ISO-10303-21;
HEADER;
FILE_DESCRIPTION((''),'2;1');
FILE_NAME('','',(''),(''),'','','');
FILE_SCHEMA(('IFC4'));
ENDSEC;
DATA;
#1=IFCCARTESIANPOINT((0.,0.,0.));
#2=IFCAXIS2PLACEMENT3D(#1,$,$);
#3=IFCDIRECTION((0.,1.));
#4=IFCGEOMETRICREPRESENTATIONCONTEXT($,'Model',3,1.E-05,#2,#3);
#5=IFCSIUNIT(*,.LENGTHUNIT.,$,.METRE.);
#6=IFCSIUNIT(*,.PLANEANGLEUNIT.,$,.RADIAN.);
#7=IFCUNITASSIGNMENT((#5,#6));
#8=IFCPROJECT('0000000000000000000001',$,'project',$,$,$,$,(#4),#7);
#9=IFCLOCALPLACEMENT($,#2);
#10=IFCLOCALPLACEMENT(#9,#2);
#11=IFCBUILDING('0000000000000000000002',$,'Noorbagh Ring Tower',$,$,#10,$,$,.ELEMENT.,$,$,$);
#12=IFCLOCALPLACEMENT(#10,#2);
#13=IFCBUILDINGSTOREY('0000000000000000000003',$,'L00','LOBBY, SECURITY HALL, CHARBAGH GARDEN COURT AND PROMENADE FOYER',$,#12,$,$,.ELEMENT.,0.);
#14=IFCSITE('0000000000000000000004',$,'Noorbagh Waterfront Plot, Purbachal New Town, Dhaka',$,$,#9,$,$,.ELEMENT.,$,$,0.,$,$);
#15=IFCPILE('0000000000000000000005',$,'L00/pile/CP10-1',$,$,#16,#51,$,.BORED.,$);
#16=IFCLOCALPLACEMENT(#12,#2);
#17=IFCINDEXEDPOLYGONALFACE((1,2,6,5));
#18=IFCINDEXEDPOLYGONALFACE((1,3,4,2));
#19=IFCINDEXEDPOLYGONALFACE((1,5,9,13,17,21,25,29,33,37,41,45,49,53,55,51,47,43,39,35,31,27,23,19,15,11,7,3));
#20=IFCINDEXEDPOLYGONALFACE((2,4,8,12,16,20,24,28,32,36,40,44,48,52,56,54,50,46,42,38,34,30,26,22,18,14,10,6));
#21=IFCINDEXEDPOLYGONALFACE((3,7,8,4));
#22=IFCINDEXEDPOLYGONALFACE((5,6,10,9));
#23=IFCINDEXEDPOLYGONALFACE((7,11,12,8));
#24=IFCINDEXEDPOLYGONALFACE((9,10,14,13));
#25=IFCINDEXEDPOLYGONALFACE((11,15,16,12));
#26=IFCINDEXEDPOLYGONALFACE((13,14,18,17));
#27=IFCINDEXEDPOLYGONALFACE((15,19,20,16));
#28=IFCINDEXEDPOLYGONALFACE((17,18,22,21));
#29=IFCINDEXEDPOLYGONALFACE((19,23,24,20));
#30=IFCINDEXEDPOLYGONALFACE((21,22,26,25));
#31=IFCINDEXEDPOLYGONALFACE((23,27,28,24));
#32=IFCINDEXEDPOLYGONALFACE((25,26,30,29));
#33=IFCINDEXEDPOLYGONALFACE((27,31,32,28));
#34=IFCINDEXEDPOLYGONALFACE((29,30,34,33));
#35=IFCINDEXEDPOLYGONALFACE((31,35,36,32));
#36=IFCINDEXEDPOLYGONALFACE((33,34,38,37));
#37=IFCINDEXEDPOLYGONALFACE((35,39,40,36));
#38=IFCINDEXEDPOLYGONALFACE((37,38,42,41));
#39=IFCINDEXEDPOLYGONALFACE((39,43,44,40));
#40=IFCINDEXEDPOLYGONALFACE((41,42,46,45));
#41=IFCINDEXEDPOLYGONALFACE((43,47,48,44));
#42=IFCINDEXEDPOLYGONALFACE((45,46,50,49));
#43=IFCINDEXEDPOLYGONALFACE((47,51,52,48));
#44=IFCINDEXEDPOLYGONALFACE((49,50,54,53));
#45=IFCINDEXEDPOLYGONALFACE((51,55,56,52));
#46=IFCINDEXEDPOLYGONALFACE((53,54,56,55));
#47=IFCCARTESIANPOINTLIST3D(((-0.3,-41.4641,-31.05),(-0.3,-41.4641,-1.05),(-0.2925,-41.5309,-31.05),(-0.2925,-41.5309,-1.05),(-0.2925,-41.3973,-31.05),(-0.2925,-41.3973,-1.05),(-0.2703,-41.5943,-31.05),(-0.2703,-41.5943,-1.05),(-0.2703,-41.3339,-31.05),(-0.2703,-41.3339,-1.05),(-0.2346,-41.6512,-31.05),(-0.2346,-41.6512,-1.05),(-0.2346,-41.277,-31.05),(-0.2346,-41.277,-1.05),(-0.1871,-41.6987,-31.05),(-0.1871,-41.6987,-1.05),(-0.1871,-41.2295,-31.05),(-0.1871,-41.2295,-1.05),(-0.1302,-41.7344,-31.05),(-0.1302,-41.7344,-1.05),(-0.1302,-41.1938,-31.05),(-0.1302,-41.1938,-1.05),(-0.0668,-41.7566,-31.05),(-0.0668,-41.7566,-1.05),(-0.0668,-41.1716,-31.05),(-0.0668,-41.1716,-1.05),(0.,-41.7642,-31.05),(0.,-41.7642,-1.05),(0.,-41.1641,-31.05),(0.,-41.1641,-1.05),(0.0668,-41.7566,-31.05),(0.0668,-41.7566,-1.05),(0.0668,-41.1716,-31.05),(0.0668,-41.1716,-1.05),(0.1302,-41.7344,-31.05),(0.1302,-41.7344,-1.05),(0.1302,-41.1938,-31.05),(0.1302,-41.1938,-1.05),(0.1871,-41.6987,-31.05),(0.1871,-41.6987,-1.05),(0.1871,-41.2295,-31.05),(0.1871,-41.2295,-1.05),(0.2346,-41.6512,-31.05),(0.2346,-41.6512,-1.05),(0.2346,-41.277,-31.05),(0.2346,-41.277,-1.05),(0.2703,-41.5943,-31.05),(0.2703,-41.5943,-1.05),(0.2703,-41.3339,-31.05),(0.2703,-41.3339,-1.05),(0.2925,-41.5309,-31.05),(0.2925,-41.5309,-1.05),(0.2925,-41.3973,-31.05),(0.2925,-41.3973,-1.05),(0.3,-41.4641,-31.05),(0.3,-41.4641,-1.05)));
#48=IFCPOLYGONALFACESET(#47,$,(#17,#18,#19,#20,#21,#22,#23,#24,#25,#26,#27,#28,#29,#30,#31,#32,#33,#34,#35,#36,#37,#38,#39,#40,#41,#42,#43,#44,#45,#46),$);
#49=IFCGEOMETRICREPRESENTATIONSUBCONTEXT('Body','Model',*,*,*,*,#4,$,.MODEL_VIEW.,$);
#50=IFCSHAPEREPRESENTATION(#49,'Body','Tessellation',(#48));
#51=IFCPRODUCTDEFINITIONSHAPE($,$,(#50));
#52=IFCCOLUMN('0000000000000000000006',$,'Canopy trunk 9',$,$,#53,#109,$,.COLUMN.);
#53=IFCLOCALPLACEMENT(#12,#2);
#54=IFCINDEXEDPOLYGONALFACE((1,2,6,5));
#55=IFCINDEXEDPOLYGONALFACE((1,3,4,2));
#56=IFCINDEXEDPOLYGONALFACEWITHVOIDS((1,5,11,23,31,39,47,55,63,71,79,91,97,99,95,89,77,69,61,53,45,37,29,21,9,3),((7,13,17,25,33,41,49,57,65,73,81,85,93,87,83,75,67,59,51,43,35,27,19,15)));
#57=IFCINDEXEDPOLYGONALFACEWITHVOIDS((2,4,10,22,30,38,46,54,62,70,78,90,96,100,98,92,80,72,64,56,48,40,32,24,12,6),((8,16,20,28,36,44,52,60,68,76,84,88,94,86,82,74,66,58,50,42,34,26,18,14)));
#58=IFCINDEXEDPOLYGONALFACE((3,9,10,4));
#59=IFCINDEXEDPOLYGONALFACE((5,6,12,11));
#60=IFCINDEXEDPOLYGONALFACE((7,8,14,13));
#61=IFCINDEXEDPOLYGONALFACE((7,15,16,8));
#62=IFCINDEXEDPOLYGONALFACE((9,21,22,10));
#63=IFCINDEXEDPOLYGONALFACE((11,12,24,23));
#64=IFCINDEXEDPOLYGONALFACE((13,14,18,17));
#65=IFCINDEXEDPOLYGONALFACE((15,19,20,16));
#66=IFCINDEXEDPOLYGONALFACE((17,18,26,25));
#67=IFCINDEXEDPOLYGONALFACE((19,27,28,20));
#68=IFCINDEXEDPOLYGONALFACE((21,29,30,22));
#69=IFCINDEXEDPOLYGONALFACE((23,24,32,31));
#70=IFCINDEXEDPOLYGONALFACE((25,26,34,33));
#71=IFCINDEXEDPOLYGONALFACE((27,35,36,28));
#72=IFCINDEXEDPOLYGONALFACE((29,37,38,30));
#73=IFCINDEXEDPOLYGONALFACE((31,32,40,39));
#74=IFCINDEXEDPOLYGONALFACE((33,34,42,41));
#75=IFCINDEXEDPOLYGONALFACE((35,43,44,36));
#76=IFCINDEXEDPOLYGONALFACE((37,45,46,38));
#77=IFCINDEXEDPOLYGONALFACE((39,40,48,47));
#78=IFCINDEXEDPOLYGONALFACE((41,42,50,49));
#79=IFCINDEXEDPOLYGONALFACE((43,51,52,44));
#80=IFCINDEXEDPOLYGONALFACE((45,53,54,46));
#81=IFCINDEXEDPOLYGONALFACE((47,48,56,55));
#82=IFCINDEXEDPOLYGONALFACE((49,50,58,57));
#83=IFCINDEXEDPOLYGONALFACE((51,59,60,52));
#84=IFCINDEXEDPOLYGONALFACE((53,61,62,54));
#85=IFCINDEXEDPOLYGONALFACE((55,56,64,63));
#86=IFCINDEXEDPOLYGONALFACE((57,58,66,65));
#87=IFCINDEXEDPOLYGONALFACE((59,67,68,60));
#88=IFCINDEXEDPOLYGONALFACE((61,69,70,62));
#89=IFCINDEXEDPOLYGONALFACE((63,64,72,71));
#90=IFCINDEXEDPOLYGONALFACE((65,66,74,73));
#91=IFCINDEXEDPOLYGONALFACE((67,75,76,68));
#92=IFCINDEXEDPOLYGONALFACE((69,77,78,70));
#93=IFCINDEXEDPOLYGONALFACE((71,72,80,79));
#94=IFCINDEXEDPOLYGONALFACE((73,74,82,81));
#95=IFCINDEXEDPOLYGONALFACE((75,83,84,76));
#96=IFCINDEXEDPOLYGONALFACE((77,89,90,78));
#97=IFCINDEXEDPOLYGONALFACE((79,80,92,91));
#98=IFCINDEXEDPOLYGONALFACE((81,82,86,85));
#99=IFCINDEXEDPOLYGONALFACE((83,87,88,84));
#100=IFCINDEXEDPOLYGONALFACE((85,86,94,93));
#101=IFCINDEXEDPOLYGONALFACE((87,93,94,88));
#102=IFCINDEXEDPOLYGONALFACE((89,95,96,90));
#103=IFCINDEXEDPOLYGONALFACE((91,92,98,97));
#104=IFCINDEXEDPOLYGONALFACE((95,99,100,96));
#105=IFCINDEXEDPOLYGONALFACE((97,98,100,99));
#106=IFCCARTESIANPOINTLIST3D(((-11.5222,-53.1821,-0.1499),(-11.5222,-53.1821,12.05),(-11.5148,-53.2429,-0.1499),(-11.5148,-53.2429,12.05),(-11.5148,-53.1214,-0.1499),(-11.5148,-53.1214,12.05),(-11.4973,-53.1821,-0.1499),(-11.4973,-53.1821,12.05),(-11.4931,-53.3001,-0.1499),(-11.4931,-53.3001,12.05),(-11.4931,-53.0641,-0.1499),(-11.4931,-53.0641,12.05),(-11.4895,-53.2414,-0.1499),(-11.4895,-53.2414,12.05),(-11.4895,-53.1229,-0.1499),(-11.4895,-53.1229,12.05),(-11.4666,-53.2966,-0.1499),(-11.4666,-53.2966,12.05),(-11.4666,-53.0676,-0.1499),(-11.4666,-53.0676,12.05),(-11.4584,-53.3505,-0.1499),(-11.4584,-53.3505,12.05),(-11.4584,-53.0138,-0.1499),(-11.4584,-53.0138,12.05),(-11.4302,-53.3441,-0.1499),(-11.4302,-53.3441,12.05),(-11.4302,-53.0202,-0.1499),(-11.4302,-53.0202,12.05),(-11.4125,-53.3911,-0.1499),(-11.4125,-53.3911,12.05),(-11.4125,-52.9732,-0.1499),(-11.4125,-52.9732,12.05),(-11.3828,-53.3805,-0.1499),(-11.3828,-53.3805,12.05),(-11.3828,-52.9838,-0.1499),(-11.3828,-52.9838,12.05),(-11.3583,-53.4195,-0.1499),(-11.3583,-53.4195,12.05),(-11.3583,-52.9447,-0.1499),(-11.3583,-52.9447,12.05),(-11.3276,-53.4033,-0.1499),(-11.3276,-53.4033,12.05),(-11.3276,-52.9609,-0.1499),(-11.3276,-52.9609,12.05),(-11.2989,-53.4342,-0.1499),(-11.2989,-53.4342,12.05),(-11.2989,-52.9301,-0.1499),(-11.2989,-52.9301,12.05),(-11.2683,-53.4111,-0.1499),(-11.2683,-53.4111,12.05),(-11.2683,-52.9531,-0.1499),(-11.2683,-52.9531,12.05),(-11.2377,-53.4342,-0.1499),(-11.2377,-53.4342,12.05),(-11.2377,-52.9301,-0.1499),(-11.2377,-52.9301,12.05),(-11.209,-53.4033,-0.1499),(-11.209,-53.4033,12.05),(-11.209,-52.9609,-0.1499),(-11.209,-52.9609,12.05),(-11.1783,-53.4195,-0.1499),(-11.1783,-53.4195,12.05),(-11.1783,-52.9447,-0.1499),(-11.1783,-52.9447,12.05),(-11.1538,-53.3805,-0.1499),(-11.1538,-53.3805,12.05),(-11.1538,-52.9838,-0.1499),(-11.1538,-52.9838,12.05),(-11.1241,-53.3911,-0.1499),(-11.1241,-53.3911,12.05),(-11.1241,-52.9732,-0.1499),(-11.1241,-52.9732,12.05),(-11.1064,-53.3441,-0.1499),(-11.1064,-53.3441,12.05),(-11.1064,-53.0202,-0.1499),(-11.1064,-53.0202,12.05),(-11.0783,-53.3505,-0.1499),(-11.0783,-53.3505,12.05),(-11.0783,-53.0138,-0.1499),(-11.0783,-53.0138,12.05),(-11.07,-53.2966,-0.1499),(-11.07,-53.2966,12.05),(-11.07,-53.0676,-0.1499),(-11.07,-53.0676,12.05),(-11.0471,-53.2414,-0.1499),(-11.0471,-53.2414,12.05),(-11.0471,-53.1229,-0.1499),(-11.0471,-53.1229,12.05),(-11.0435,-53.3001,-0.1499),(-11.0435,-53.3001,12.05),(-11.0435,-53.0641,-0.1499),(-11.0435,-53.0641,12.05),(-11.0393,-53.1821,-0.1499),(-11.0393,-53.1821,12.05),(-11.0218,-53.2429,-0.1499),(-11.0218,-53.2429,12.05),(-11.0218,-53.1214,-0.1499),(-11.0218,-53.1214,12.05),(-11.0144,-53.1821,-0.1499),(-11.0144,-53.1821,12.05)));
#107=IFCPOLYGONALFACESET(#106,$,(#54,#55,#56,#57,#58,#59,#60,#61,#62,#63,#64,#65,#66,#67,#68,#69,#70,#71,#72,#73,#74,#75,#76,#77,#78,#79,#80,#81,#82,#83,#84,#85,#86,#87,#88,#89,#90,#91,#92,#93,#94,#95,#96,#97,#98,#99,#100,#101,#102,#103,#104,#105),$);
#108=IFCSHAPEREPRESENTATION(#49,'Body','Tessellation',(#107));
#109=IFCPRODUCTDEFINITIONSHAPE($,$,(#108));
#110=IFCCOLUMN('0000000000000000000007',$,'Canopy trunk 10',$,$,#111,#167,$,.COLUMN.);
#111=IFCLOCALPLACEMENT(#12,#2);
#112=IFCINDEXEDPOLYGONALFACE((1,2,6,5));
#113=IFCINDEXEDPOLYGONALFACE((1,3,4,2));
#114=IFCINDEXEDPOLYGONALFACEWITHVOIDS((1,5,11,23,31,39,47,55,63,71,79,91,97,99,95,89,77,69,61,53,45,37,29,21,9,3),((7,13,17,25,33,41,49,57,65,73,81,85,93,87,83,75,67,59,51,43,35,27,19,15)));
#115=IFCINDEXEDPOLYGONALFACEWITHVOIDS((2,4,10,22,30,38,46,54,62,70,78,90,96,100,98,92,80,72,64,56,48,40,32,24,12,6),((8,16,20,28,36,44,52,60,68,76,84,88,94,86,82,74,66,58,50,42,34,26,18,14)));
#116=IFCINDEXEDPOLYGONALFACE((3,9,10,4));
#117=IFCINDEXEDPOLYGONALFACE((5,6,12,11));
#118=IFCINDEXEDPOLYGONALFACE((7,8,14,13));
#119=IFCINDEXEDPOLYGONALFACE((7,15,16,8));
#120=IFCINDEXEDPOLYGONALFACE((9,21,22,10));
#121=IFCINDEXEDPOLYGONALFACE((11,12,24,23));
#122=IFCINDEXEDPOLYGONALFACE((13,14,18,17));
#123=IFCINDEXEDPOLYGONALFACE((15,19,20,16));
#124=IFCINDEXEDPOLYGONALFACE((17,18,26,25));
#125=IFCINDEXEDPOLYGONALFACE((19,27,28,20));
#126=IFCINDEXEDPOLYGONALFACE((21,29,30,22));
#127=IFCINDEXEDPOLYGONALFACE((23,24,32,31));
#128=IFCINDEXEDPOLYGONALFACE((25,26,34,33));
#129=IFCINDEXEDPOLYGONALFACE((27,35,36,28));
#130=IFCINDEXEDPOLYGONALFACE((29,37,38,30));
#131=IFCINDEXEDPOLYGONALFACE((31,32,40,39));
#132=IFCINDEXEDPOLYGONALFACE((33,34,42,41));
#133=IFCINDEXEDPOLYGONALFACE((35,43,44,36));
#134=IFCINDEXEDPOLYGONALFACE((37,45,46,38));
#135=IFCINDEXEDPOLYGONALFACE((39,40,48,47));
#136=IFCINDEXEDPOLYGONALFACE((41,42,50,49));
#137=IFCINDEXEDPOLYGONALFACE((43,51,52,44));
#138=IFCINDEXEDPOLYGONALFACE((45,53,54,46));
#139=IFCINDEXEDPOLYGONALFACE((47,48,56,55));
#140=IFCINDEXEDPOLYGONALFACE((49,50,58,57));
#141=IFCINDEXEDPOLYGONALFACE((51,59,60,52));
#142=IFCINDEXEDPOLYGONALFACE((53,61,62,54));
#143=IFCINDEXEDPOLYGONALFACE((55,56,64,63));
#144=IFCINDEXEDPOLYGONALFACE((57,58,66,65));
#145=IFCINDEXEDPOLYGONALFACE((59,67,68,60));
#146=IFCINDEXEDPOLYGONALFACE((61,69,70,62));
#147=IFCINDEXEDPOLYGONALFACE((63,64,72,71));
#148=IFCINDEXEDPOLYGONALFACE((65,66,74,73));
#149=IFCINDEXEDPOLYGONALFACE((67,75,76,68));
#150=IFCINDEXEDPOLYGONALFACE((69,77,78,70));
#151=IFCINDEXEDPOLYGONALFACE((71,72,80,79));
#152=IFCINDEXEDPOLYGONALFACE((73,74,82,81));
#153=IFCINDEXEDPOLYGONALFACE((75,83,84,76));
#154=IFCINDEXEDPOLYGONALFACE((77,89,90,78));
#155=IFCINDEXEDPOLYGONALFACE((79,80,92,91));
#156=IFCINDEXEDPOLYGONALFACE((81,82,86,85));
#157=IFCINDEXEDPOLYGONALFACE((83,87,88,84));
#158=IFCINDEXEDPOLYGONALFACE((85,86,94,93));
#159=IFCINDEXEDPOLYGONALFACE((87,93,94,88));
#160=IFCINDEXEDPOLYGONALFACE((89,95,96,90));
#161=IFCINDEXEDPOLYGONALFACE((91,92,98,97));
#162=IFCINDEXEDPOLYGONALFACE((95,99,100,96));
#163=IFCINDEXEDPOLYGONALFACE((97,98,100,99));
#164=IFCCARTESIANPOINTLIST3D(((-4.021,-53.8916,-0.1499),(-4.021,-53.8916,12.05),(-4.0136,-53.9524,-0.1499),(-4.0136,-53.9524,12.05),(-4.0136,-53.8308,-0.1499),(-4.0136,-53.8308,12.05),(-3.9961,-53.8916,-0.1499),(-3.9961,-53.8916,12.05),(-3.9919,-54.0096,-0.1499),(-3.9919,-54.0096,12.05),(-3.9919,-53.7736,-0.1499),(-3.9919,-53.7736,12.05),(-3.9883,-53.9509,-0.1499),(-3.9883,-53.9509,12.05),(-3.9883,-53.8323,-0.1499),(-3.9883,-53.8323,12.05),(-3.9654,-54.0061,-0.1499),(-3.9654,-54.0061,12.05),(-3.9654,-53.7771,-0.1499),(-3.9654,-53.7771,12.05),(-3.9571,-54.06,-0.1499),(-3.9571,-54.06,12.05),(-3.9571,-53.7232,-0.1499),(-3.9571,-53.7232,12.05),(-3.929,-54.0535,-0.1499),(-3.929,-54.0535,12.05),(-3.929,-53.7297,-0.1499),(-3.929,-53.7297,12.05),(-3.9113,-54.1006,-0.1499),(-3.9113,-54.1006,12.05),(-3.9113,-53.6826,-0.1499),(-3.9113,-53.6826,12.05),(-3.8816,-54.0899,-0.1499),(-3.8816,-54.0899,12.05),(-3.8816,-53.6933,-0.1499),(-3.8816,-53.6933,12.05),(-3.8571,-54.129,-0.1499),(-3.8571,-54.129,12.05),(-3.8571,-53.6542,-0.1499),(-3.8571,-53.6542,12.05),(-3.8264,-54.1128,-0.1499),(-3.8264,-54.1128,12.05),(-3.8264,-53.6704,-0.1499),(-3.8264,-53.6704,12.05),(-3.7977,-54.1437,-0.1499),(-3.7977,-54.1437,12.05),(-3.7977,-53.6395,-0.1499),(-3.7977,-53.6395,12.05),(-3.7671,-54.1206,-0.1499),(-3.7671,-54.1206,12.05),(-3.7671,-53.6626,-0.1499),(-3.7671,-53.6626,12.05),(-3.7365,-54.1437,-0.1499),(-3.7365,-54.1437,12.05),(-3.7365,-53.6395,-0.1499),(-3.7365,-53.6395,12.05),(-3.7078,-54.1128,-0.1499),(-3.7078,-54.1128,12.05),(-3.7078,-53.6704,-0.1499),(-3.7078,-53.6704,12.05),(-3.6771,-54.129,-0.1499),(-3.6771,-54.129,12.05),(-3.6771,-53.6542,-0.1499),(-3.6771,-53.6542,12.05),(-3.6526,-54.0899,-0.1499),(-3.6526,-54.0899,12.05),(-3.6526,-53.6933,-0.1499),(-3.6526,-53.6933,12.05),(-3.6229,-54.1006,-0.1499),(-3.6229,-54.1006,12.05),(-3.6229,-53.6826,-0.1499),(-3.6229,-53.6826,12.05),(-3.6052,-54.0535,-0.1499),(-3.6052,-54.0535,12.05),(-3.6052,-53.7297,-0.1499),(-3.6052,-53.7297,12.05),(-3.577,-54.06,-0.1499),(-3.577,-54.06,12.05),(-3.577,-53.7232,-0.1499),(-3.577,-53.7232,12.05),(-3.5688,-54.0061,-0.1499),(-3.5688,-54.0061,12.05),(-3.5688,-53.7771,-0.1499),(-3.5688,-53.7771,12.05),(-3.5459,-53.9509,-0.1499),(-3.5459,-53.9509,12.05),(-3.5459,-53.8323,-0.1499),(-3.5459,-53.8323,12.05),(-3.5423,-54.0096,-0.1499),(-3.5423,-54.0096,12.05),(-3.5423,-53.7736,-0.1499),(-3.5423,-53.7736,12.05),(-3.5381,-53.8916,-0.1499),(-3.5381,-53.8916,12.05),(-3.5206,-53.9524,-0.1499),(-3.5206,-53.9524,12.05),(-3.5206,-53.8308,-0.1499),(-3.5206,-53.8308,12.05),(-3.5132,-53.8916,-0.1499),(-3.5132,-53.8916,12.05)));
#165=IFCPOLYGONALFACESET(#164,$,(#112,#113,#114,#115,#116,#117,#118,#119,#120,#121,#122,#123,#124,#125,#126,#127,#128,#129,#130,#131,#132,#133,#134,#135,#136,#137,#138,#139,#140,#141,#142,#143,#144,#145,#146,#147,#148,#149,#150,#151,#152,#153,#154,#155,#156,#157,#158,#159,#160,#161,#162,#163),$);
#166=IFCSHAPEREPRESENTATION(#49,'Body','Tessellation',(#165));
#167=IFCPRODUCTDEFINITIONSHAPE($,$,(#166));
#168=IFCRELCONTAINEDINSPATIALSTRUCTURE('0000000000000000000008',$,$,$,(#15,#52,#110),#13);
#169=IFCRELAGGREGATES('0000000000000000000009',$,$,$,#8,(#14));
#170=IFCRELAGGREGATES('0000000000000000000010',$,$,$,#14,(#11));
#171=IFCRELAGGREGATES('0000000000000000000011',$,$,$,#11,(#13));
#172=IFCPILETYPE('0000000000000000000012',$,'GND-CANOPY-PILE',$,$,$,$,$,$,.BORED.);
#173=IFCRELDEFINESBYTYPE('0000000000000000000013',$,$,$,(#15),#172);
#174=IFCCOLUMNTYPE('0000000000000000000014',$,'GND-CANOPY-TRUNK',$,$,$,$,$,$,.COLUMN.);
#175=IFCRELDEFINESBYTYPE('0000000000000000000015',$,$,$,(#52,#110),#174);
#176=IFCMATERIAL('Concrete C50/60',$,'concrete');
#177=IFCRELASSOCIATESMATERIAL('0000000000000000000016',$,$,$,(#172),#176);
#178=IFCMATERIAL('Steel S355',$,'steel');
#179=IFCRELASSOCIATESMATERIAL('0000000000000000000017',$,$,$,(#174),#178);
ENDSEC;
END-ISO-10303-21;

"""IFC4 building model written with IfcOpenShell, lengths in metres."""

from ifc_helpers import new_model, si_unit, direction, frame, origin, origin_2d, place, context, subcontext, project, spatial, circle, hollow_circle, extrude, material, material_profile, profile_set, type_object, element, save


model = new_model("IFC4")

# Units and contexts
model_context = context("Model", 3, precision=1e-05, world=origin(), true_north=direction((0.0, 1.0)))
body_context = subcontext(model_context, "Body", "Model", "MODEL_VIEW")
ifc_project = project(units=[si_unit("LENGTHUNIT", "METRE"), si_unit("PLANEANGLEUNIT", "RADIAN")], contexts=[model_context])

# Site, building, storey
site_placement = place(None, origin())
site = spatial("IfcSite", under=ifc_project, at=site_placement, Name="Noorbagh Waterfront Plot, Purbachal New Town, Dhaka", CompositionType="ELEMENT", RefElevation=0.0)
building_placement = place(site_placement, origin())
building = spatial("IfcBuilding", under=site, at=building_placement, Name="Noorbagh Ring Tower", CompositionType="ELEMENT")
storey_placement = place(building_placement, origin())
storey = spatial("IfcBuildingStorey", under=building, at=storey_placement, Name="L00", Description="LOBBY, SECURITY HALL, CHARBAGH GARDEN COURT AND PROMENADE FOYER", CompositionType="ELEMENT", Elevation=0.0)

# Pile
ifc_material_1 = material(Name="Concrete C50/60", Category="concrete")
ifc_material_profile_1 = material_profile(ifc_material_1, circle(Radius=0.3, at=origin_2d()), Name="PILE600")
ifc_profile_set_1 = profile_set([ifc_material_profile_1], Name="Concrete C50/60")
pile_type = type_object("IfcPileType", Name="GND-CANOPY-PILE", PredefinedType="BORED", material=ifc_profile_set_1)
for number, where, z_axis, x_axis, name in (
    (1, (0.0, -41.4641, -1.05), (0.0, 0.0, -1.0), (1.0, 0.0, 0.0), "L00/pile/CP10-1"),
):
    element("IfcPile", number, at=place(storey_placement, frame(where, z_axis=z_axis, x_axis=x_axis)), inside=storey, type_object=pile_type, Name=name, PredefinedType="BORED", context=body_context, shape_type="SweptSolid", body=[
        extrude(circle(Radius=0.3, at=origin_2d()), origin(), (0.0, 0.0, 1.0), 30.0),
    ])

# Columns
ifc_material_2 = material(Name="Steel S355", Category="steel")
ifc_material_profile_2 = material_profile(ifc_material_2, hollow_circle(Radius=0.2539, WallThickness=0.0249, at=origin_2d()), Name="CHS508x25")
ifc_profile_set_2 = profile_set([ifc_material_profile_2], Name="Steel S355")
column_type_1 = type_object("IfcColumnType", Name="GND-CANOPY-TRUNK", PredefinedType="COLUMN", material=ifc_profile_set_2)
for number, where, z_axis, x_axis, name in (
    (2, (-11.2683, -53.1821, -0.1499), (0.0, 0.0, 1.0), (1.0, 0.0, 0.0), "Canopy trunk 9"),
    (3, (-3.7671, -53.8916, -0.1499), (0.0, 0.0, 1.0), (1.0, 0.0, 0.0), "Canopy trunk 10"),
):
    element("IfcColumn", number, at=place(storey_placement, frame(where, z_axis=z_axis, x_axis=x_axis)), inside=storey, type_object=column_type_1, Name=name, PredefinedType="COLUMN", context=body_context, shape_type="SweptSolid", body=[
        extrude(hollow_circle(Radius=0.2539, WallThickness=0.0249, at=origin_2d()), origin(), (0.0, 0.0, 1.0), 12.2),
    ])

save(model, "model.ifc")
